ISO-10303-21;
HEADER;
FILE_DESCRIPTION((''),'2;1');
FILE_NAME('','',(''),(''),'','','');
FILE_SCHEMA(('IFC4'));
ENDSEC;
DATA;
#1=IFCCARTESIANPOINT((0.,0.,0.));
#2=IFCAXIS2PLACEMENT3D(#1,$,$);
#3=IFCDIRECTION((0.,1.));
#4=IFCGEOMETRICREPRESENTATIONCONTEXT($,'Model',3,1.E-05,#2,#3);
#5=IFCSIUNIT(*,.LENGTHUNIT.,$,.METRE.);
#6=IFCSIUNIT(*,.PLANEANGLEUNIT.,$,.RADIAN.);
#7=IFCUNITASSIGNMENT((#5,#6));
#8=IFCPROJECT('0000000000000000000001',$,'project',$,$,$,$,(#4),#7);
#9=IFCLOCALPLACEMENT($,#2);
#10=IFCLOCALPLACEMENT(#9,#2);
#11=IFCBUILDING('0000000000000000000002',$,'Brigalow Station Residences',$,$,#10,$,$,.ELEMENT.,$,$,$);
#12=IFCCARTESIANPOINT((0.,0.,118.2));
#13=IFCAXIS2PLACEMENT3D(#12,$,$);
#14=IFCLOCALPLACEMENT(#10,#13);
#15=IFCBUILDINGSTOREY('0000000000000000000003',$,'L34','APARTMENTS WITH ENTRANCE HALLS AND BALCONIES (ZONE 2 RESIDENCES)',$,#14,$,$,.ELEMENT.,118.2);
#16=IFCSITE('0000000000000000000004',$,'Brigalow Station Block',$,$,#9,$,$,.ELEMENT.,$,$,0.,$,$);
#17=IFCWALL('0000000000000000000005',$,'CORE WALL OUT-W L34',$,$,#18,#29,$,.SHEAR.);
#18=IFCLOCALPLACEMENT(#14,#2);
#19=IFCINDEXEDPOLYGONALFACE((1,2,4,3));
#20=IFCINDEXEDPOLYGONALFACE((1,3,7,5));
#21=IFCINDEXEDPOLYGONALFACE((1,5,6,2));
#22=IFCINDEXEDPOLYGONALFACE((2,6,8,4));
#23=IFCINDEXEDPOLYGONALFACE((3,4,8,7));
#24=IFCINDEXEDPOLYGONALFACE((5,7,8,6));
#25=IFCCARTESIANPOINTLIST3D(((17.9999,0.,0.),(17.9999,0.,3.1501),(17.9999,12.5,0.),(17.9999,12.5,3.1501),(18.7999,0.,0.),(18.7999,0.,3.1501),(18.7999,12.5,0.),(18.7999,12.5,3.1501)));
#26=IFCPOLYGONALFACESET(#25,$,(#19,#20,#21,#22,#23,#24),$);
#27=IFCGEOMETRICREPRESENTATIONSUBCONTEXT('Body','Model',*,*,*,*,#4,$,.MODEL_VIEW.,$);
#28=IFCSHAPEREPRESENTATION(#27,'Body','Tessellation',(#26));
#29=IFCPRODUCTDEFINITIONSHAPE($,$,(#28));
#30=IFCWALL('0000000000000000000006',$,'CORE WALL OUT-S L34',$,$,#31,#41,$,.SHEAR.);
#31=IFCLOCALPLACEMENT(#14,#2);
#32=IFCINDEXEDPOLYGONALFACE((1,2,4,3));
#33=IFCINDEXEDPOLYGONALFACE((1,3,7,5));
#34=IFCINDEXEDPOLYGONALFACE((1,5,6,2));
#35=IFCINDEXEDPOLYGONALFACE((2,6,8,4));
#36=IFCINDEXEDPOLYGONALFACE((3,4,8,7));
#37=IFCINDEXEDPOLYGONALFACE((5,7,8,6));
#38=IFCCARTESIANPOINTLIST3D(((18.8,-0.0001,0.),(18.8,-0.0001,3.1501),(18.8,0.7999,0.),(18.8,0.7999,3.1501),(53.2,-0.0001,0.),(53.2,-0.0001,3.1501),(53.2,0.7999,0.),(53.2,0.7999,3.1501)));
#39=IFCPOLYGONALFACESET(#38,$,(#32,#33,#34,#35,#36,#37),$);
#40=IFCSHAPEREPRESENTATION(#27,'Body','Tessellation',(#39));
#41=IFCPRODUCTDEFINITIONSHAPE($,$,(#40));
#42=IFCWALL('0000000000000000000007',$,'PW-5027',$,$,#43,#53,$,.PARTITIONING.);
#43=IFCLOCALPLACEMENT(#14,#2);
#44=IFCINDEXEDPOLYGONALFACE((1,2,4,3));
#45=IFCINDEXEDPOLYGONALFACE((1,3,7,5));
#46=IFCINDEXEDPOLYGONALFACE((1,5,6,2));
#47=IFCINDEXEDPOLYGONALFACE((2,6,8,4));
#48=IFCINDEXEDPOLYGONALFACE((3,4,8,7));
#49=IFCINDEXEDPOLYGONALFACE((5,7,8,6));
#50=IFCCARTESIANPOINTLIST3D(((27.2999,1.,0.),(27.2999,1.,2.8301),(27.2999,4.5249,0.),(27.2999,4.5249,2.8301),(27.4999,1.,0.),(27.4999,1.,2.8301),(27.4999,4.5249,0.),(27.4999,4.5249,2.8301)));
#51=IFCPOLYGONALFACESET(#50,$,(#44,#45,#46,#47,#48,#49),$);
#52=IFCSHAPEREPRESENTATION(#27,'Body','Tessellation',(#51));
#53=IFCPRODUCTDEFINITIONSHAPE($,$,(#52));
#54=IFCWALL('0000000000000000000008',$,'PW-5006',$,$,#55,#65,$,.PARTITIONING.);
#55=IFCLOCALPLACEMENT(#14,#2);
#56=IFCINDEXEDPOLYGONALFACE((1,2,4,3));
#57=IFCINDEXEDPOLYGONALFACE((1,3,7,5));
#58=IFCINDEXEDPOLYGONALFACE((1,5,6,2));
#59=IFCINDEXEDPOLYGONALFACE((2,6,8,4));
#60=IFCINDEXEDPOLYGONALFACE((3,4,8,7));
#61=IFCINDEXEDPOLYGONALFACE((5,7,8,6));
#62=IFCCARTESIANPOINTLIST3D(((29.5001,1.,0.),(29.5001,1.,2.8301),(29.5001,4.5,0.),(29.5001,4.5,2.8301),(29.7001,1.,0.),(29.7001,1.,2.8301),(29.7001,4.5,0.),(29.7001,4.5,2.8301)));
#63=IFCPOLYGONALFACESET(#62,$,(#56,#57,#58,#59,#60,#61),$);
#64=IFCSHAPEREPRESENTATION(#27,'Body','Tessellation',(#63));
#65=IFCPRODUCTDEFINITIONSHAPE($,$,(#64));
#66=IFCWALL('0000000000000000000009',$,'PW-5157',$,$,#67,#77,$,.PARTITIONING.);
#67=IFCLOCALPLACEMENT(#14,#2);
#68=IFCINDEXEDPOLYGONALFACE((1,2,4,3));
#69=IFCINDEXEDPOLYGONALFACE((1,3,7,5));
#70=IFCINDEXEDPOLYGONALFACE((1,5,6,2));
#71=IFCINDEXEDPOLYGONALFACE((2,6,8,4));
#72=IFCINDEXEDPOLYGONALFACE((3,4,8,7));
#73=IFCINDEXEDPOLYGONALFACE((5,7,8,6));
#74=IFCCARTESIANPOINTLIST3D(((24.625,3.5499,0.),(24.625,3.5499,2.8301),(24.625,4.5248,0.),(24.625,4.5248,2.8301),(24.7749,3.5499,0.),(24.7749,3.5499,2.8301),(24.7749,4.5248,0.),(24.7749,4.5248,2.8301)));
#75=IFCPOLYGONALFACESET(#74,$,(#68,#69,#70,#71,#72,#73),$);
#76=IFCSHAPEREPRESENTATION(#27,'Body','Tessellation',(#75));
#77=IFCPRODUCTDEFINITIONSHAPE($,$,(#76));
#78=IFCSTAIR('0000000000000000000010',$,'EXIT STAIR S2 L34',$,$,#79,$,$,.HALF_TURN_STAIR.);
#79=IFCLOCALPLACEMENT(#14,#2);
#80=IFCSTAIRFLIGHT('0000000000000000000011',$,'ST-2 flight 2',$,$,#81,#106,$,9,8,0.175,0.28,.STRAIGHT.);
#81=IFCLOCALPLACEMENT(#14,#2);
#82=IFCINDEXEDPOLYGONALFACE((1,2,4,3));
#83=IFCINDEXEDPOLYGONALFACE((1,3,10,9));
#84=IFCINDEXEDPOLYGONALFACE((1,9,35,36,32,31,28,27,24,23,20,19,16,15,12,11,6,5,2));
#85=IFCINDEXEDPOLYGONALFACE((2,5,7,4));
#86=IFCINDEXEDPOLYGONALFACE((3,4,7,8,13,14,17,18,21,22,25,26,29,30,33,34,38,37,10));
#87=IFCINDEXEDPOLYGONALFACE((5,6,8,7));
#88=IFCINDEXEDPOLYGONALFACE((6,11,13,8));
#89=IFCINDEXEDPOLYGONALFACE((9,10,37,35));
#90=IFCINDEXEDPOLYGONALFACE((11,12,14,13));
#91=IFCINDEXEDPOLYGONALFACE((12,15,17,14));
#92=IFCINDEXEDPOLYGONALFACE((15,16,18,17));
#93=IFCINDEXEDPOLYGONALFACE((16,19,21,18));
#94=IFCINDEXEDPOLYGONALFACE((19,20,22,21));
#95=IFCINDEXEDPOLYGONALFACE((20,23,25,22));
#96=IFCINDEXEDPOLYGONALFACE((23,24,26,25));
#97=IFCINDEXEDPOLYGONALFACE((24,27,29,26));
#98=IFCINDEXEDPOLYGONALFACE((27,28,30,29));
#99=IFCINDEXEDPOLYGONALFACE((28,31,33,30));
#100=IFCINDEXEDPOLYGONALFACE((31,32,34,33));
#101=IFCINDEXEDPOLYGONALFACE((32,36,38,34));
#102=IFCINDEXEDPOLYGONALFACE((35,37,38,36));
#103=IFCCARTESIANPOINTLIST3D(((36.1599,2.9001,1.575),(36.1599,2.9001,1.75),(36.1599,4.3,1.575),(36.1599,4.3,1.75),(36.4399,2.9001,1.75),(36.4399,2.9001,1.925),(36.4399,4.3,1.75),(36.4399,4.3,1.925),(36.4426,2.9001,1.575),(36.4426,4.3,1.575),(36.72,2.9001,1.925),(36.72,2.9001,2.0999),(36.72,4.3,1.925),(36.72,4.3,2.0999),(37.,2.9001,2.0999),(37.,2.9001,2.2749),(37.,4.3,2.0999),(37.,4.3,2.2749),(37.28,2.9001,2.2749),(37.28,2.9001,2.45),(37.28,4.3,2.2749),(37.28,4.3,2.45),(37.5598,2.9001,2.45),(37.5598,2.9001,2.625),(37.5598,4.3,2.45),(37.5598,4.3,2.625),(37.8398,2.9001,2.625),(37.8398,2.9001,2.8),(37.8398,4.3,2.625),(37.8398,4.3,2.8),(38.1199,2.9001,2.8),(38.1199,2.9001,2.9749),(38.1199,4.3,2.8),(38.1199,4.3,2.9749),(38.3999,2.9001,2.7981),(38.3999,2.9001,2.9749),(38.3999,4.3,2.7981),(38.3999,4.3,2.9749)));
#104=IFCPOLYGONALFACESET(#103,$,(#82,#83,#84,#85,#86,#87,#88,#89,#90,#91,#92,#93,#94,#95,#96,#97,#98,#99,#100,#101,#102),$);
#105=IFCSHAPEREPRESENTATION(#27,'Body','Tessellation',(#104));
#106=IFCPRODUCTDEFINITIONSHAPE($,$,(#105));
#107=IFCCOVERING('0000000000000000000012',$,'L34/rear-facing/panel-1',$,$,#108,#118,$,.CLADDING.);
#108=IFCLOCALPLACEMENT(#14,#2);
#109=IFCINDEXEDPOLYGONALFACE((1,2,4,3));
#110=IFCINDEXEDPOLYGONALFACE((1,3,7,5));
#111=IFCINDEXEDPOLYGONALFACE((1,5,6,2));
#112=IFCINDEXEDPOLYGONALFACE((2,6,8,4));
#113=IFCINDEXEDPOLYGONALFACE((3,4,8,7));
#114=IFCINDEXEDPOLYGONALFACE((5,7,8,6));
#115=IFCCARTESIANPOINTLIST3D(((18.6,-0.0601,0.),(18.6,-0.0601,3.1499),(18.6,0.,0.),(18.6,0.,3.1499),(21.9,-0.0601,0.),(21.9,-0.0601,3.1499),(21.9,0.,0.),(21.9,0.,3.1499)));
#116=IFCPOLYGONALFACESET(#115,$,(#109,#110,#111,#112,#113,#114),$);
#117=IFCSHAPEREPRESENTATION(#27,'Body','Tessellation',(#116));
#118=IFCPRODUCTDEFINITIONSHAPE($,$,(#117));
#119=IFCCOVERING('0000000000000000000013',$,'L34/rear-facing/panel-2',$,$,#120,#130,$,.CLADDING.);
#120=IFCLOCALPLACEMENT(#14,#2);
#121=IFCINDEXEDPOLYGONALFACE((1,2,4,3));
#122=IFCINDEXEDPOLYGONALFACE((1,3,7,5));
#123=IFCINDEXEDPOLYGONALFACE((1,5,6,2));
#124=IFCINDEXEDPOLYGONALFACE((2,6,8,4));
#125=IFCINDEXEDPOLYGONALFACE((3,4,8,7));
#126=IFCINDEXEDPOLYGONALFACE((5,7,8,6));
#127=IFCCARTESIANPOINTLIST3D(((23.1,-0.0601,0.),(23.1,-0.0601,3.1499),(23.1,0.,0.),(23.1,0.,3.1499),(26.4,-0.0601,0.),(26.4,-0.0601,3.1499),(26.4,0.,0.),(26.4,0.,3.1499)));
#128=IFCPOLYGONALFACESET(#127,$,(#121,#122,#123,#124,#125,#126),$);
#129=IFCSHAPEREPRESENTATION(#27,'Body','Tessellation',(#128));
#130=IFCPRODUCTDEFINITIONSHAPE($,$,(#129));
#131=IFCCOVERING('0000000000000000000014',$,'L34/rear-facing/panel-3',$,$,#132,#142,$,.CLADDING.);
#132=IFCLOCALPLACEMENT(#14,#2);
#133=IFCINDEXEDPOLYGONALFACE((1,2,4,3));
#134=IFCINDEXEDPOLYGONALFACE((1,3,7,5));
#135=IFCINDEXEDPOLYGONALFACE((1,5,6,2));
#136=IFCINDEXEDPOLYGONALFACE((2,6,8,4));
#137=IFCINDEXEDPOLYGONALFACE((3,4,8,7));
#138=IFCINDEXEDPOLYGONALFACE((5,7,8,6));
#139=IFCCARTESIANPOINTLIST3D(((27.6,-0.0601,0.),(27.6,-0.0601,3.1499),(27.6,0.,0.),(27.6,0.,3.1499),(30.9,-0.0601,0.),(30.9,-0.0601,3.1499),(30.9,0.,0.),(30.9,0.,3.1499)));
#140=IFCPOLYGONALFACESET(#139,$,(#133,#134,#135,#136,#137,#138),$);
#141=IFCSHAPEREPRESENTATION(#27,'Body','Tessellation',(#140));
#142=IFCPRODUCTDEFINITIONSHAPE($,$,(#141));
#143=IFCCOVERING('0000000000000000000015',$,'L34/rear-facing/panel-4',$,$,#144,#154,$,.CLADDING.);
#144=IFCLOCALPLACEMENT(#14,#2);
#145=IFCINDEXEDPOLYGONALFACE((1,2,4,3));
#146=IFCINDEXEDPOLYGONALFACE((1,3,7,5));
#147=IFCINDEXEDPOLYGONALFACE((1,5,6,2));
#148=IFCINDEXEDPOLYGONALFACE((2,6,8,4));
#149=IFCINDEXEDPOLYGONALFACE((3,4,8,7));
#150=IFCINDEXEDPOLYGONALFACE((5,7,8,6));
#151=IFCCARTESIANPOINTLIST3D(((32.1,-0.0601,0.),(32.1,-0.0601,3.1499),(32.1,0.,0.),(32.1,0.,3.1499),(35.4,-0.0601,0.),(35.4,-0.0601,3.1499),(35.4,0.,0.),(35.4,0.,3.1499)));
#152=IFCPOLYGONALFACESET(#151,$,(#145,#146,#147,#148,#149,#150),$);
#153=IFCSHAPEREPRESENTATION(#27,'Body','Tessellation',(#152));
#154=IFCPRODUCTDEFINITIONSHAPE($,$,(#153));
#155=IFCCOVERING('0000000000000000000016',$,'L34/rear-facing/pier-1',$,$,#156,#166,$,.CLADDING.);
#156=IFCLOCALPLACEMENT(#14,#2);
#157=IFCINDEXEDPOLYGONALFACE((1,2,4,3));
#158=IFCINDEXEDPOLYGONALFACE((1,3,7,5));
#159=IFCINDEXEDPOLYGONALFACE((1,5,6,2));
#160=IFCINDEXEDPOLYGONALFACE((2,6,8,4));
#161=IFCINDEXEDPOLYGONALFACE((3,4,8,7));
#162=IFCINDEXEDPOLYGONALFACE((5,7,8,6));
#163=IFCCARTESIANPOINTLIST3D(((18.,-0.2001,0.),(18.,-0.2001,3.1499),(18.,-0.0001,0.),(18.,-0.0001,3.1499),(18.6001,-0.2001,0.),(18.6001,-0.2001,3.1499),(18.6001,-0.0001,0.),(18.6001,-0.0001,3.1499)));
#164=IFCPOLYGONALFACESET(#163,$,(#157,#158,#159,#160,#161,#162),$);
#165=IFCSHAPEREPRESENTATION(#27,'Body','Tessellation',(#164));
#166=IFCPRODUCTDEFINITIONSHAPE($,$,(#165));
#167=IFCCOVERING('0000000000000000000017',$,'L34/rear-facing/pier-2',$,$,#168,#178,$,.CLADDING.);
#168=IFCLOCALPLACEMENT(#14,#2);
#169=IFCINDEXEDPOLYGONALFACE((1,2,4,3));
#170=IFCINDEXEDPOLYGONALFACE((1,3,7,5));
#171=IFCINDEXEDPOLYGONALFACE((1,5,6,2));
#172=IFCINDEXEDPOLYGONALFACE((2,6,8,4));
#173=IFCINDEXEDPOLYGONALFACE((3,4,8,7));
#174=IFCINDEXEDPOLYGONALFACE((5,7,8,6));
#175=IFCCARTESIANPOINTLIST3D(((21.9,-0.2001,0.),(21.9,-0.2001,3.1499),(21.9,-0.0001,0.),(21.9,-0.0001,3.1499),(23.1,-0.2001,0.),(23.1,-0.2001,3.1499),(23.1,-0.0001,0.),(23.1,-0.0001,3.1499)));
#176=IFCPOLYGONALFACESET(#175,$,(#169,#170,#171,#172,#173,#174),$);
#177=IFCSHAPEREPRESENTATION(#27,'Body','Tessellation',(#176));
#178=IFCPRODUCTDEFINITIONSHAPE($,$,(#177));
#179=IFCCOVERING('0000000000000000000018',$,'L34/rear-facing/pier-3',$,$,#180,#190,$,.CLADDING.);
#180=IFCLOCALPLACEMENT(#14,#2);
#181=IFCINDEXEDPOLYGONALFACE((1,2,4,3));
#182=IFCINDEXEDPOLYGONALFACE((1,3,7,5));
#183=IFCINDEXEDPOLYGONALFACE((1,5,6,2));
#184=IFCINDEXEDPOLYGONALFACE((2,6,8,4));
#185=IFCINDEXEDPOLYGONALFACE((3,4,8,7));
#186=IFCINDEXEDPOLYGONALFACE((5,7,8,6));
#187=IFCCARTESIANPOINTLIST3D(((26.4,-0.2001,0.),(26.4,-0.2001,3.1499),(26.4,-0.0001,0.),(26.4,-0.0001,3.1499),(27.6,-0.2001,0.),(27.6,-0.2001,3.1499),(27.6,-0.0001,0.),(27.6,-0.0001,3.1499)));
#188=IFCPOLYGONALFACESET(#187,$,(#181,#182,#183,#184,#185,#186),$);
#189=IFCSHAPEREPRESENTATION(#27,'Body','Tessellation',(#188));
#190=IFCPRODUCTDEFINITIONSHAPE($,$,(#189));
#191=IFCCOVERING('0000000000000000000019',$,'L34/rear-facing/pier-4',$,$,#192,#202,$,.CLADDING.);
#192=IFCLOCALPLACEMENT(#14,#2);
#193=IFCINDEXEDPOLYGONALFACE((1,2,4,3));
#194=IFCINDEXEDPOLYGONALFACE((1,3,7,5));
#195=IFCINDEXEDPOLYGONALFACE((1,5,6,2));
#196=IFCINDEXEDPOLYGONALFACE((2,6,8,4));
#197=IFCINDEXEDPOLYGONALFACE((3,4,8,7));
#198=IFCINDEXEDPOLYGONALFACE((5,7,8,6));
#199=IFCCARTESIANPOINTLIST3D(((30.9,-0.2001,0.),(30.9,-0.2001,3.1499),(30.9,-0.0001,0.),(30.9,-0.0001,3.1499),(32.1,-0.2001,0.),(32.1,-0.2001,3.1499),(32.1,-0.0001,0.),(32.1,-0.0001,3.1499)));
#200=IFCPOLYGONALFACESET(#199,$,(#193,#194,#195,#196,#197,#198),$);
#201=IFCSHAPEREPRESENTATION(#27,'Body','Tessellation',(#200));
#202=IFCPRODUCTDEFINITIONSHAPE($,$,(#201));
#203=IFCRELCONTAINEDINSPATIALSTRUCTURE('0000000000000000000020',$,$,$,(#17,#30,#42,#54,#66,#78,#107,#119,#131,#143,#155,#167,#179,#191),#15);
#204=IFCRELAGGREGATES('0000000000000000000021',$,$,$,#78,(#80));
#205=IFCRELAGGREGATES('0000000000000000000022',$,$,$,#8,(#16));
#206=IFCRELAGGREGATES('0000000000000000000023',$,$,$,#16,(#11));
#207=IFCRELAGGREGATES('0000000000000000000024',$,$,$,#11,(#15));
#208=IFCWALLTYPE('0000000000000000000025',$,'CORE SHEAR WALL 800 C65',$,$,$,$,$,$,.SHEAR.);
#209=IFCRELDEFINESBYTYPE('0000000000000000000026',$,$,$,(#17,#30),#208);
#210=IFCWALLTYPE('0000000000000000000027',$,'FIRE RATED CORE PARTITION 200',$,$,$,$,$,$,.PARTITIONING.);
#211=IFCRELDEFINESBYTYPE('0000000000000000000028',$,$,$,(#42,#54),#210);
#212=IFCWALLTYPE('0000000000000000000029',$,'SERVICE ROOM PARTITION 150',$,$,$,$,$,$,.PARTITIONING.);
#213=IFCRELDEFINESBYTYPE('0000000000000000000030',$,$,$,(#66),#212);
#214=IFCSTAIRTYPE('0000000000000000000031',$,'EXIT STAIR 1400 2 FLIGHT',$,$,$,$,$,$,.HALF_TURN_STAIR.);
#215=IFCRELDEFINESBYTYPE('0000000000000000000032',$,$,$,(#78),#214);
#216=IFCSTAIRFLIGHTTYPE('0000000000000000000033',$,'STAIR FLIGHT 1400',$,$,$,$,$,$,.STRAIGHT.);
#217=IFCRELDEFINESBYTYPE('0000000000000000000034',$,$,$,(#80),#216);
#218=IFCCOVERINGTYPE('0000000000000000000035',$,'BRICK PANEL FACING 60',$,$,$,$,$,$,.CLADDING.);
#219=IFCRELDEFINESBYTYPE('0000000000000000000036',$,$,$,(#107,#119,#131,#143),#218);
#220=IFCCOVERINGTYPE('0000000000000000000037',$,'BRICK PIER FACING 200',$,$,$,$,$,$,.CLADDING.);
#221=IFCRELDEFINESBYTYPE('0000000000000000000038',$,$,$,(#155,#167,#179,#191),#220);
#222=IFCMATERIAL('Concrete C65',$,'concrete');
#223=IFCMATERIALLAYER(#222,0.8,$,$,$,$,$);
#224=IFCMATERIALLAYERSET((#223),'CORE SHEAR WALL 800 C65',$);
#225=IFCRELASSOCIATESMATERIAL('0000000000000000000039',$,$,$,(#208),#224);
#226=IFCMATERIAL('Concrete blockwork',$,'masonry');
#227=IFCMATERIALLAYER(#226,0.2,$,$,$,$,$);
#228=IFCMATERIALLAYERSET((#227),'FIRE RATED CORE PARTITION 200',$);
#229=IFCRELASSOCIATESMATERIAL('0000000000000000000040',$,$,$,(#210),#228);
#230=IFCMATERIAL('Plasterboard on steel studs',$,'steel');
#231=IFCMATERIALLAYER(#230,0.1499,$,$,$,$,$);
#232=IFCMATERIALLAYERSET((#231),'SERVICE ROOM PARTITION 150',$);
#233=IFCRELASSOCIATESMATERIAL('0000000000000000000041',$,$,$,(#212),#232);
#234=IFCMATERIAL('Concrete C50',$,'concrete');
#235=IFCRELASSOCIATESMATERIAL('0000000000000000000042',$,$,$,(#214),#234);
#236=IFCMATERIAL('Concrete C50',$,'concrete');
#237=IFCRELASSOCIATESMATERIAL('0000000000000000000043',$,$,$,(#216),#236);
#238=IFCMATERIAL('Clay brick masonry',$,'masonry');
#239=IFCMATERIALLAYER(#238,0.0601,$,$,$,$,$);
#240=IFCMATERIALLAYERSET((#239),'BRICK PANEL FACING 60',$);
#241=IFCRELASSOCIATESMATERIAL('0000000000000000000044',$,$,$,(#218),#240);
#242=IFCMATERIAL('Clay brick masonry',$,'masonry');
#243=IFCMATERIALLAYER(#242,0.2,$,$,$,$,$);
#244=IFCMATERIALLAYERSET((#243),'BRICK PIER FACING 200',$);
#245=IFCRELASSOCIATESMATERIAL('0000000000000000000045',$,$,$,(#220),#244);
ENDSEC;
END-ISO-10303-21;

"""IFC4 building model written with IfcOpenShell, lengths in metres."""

from ifc_helpers import new_model, si_unit, direction, frame, frame_2d, origin, origin_2d, place, context, subcontext, project, spatial, polyline, rectangle, outline, extrude, material, layer, layer_set, type_object, element, aggregate, save


model = new_model("IFC4")

# Units and contexts
model_context = context("Model", 3, precision=1e-05, world=origin(), true_north=direction((0.0, 1.0)))
body_context = subcontext(model_context, "Body", "Model", "MODEL_VIEW")
ifc_project = project(units=[si_unit("LENGTHUNIT", "METRE"), si_unit("PLANEANGLEUNIT", "RADIAN")], contexts=[model_context])

# Site, building, storey
site_placement = place(None, origin())
site = spatial("IfcSite", under=ifc_project, at=site_placement, Name="Brigalow Station Block", CompositionType="ELEMENT", RefElevation=0.0)
building_placement = place(site_placement, origin())
building = spatial("IfcBuilding", under=site, at=building_placement, Name="Brigalow Station Residences", CompositionType="ELEMENT")
storey_placement = place(building_placement, frame((0.0, 0.0, 118.2)))
storey = spatial("IfcBuildingStorey", under=building, at=storey_placement, Name="L34", Description="APARTMENTS WITH ENTRANCE HALLS AND BALCONIES (ZONE 2 RESIDENCES)", CompositionType="ELEMENT", Elevation=118.2)

# Walls
ifc_material_1 = material(Name="Concrete C65", Category="concrete")
ifc_layer_1 = layer(ifc_material_1, 0.8)
ifc_layer_set_1 = layer_set([ifc_layer_1], Name="CORE SHEAR WALL 800 C65")
wall_type_1 = type_object("IfcWallType", Name="CORE SHEAR WALL 800 C65", PredefinedType="SHEAR", material=ifc_layer_set_1)
wall_1_placement = place(storey_placement, frame((18.3999, 0.0, 0.0), z_axis=(0.0, 0.0, 1.0), x_axis=(0.0, 1.0, 0.0)))
element("IfcWall", 1, at=wall_1_placement, inside=storey, type_object=wall_type_1, Name="CORE WALL OUT-W L34", PredefinedType="SHEAR", context=body_context, shape_type="SweptSolid", body=[
    extrude(rectangle(XDim=12.5, YDim=0.8, at=frame_2d((6.25, 0.0))), origin(), (0.0, 0.0, 1.0), 3.1501),
])
wall_2_placement = place(storey_placement, frame((18.8, 0.3999, 0.0), z_axis=(0.0, 0.0, 1.0), x_axis=(1.0, 0.0, 0.0)))
element("IfcWall", 2, at=wall_2_placement, inside=storey, type_object=wall_type_1, Name="CORE WALL OUT-S L34", PredefinedType="SHEAR", context=body_context, shape_type="SweptSolid", body=[
    extrude(rectangle(XDim=34.3999, YDim=0.8, at=frame_2d((17.2, 0.0))), origin(), (0.0, 0.0, 1.0), 3.1501),
])
ifc_material_2 = material(Name="Concrete blockwork", Category="masonry")
ifc_layer_2 = layer(ifc_material_2, 0.2)
ifc_layer_set_2 = layer_set([ifc_layer_2], Name="FIRE RATED CORE PARTITION 200")
wall_type_2 = type_object("IfcWallType", Name="FIRE RATED CORE PARTITION 200", PredefinedType="PARTITIONING", material=ifc_layer_set_2)
wall_3_placement = place(storey_placement, frame((27.3999, 1.0, 0.0), z_axis=(0.0, 0.0, 1.0), x_axis=(0.0, 1.0, 0.0)))
element("IfcWall", 3, at=wall_3_placement, inside=storey, type_object=wall_type_2, Name="PW-5027", PredefinedType="PARTITIONING", context=body_context, shape_type="SweptSolid", body=[
    extrude(rectangle(XDim=3.5249, YDim=0.2, at=frame_2d((1.7625, 0.0))), origin(), (0.0, 0.0, 1.0), 2.8301),
])
wall_4_placement = place(storey_placement, frame((29.6001, 1.0, 0.0), z_axis=(0.0, 0.0, 1.0), x_axis=(0.0, 1.0, 0.0)))
element("IfcWall", 4, at=wall_4_placement, inside=storey, type_object=wall_type_2, Name="PW-5006", PredefinedType="PARTITIONING", context=body_context, shape_type="SweptSolid", body=[
    extrude(rectangle(XDim=3.5, YDim=0.2, at=frame_2d((1.75, 0.0))), origin(), (0.0, 0.0, 1.0), 2.8301),
])
ifc_material_3 = material(Name="Plasterboard on steel studs", Category="steel")
ifc_layer_3 = layer(ifc_material_3, 0.1499)
ifc_layer_set_3 = layer_set([ifc_layer_3], Name="SERVICE ROOM PARTITION 150")
wall_type_3 = type_object("IfcWallType", Name="SERVICE ROOM PARTITION 150", PredefinedType="PARTITIONING", material=ifc_layer_set_3)
wall_5_placement = place(storey_placement, frame((24.7, 3.55, 0.0), z_axis=(0.0, 0.0, 1.0), x_axis=(0.0, 1.0, 0.0)))
element("IfcWall", 5, at=wall_5_placement, inside=storey, type_object=wall_type_3, Name="PW-5157", PredefinedType="PARTITIONING", context=body_context, shape_type="SweptSolid", body=[
    extrude(rectangle(XDim=0.9749, YDim=0.1499, at=frame_2d((0.4873, 0.0))), origin(), (0.0, 0.0, 1.0), 2.8301),
])

# Stair, stair flight
ifc_material_4 = material(Name="Concrete C50", Category="concrete")
stair_type = type_object("IfcStairType", Name="EXIT STAIR 1400 2 FLIGHT", PredefinedType="HALF_TURN_STAIR", material=ifc_material_4)
stair_placement = place(storey_placement, origin())
stair = element("IfcStair", 6, at=stair_placement, inside=storey, type_object=stair_type, Name="EXIT STAIR S2 L34", PredefinedType="HALF_TURN_STAIR")
ifc_material_5 = material(Name="Concrete C50", Category="concrete")
stair_flight_type = type_object("IfcStairFlightType", Name="STAIR FLIGHT 1400", PredefinedType="STRAIGHT", material=ifc_material_5)
stair_flight_placement = place(storey_placement, frame((36.1599, 3.6001, 1.575), z_axis=(0.0, 0.0, 1.0), x_axis=(1.0, 0.0, 0.0)))
stair_flight = element("IfcStairFlight", 7, at=stair_flight_placement, type_object=stair_flight_type, Name="ST-2 flight 2", NumberOfRisers=9, NumberOfTreads=8, PredefinedType="STRAIGHT", RiserHeight=0.175, TreadLength=0.28, context=body_context, shape_type="SweptSolid", body=[
    extrude(outline(polyline([(0.0, 0.0), (0.0, 0.175), (0.28, 0.175), (0.28, 0.3501), (0.5601, 0.3501), (0.5601, 0.5249), (0.8401, 0.5249), (0.8401, 0.7), (1.1201, 0.7), (1.1201, 0.875), (1.3999, 0.875), (1.3999, 1.05), (1.6799, 1.05), (1.6799, 1.2251), (1.96, 1.2251), (1.96, 1.3999), (2.24, 1.3999), (2.24, 1.575), (2.24, 1.2231), (0.2827, 0.0), (0.0, 0.0)])), frame((0.0, 0.7, 0.0), z_axis=(0.0, -1.0, 0.0), x_axis=(1.0, 0.0, 0.0)), (0.0, 0.0, 1.0), 1.3999),
])
aggregate(stair, [stair_flight])

# Coverings
ifc_material_6 = material(Name="Clay brick masonry", Category="masonry")
ifc_layer_4 = layer(ifc_material_6, 0.0601)
ifc_layer_set_4 = layer_set([ifc_layer_4], Name="BRICK PANEL FACING 60")
covering_type_1 = type_object("IfcCoveringType", Name="BRICK PANEL FACING 60", PredefinedType="CLADDING", material=ifc_layer_set_4)
for number, where, z_axis, x_axis, name in (
    (8, (20.25, -0.03, 0.0), (0.0, 0.0, 1.0), (1.0, 0.0, 0.0), "L34/rear-facing/panel-1"),
    (9, (24.75, -0.03, 0.0), (0.0, 0.0, 1.0), (1.0, 0.0, 0.0), "L34/rear-facing/panel-2"),
    (10, (29.25, -0.03, 0.0), (0.0, 0.0, 1.0), (1.0, 0.0, 0.0), "L34/rear-facing/panel-3"),
    (11, (33.75, -0.03, 0.0), (0.0, 0.0, 1.0), (1.0, 0.0, 0.0), "L34/rear-facing/panel-4"),
):
    element("IfcCovering", number, at=place(storey_placement, frame(where, z_axis=z_axis, x_axis=x_axis)), inside=storey, type_object=covering_type_1, Name=name, PredefinedType="CLADDING", context=body_context, shape_type="SweptSolid", body=[
        extrude(rectangle(XDim=3.3, YDim=0.0601, at=origin_2d()), origin(), (0.0, 0.0, 1.0), 3.1499),
    ])
ifc_material_7 = material(Name="Clay brick masonry", Category="masonry")
ifc_layer_5 = layer(ifc_material_7, 0.2)
ifc_layer_set_5 = layer_set([ifc_layer_5], Name="BRICK PIER FACING 200")
covering_type_2 = type_object("IfcCoveringType", Name="BRICK PIER FACING 200", PredefinedType="CLADDING", material=ifc_layer_set_5)
covering_placement = place(storey_placement, frame((18.3, -0.1001, 0.0), z_axis=(0.0, 0.0, 1.0), x_axis=(1.0, 0.0, 0.0)))
element("IfcCovering", 12, at=covering_placement, inside=storey, type_object=covering_type_2, Name="L34/rear-facing/pier-1", PredefinedType="CLADDING", context=body_context, shape_type="SweptSolid", body=[
    extrude(rectangle(XDim=0.6001, YDim=0.2, at=origin_2d()), origin(), (0.0, 0.0, 1.0), 3.1499),
])
for number, where, z_axis, x_axis, name in (
    (13, (22.5, -0.1001, 0.0), (0.0, 0.0, 1.0), (1.0, 0.0, 0.0), "L34/rear-facing/pier-2"),
    (14, (27.0, -0.1001, 0.0), (0.0, 0.0, 1.0), (1.0, 0.0, 0.0), "L34/rear-facing/pier-3"),
    (15, (31.5, -0.1001, 0.0), (0.0, 0.0, 1.0), (1.0, 0.0, 0.0), "L34/rear-facing/pier-4"),
):
    element("IfcCovering", number, at=place(storey_placement, frame(where, z_axis=z_axis, x_axis=x_axis)), inside=storey, type_object=covering_type_2, Name=name, PredefinedType="CLADDING", context=body_context, shape_type="SweptSolid", body=[
        extrude(rectangle(XDim=1.2, YDim=0.2, at=origin_2d()), origin(), (0.0, 0.0, 1.0), 3.1499),
    ])

save(model, "model.ifc")
